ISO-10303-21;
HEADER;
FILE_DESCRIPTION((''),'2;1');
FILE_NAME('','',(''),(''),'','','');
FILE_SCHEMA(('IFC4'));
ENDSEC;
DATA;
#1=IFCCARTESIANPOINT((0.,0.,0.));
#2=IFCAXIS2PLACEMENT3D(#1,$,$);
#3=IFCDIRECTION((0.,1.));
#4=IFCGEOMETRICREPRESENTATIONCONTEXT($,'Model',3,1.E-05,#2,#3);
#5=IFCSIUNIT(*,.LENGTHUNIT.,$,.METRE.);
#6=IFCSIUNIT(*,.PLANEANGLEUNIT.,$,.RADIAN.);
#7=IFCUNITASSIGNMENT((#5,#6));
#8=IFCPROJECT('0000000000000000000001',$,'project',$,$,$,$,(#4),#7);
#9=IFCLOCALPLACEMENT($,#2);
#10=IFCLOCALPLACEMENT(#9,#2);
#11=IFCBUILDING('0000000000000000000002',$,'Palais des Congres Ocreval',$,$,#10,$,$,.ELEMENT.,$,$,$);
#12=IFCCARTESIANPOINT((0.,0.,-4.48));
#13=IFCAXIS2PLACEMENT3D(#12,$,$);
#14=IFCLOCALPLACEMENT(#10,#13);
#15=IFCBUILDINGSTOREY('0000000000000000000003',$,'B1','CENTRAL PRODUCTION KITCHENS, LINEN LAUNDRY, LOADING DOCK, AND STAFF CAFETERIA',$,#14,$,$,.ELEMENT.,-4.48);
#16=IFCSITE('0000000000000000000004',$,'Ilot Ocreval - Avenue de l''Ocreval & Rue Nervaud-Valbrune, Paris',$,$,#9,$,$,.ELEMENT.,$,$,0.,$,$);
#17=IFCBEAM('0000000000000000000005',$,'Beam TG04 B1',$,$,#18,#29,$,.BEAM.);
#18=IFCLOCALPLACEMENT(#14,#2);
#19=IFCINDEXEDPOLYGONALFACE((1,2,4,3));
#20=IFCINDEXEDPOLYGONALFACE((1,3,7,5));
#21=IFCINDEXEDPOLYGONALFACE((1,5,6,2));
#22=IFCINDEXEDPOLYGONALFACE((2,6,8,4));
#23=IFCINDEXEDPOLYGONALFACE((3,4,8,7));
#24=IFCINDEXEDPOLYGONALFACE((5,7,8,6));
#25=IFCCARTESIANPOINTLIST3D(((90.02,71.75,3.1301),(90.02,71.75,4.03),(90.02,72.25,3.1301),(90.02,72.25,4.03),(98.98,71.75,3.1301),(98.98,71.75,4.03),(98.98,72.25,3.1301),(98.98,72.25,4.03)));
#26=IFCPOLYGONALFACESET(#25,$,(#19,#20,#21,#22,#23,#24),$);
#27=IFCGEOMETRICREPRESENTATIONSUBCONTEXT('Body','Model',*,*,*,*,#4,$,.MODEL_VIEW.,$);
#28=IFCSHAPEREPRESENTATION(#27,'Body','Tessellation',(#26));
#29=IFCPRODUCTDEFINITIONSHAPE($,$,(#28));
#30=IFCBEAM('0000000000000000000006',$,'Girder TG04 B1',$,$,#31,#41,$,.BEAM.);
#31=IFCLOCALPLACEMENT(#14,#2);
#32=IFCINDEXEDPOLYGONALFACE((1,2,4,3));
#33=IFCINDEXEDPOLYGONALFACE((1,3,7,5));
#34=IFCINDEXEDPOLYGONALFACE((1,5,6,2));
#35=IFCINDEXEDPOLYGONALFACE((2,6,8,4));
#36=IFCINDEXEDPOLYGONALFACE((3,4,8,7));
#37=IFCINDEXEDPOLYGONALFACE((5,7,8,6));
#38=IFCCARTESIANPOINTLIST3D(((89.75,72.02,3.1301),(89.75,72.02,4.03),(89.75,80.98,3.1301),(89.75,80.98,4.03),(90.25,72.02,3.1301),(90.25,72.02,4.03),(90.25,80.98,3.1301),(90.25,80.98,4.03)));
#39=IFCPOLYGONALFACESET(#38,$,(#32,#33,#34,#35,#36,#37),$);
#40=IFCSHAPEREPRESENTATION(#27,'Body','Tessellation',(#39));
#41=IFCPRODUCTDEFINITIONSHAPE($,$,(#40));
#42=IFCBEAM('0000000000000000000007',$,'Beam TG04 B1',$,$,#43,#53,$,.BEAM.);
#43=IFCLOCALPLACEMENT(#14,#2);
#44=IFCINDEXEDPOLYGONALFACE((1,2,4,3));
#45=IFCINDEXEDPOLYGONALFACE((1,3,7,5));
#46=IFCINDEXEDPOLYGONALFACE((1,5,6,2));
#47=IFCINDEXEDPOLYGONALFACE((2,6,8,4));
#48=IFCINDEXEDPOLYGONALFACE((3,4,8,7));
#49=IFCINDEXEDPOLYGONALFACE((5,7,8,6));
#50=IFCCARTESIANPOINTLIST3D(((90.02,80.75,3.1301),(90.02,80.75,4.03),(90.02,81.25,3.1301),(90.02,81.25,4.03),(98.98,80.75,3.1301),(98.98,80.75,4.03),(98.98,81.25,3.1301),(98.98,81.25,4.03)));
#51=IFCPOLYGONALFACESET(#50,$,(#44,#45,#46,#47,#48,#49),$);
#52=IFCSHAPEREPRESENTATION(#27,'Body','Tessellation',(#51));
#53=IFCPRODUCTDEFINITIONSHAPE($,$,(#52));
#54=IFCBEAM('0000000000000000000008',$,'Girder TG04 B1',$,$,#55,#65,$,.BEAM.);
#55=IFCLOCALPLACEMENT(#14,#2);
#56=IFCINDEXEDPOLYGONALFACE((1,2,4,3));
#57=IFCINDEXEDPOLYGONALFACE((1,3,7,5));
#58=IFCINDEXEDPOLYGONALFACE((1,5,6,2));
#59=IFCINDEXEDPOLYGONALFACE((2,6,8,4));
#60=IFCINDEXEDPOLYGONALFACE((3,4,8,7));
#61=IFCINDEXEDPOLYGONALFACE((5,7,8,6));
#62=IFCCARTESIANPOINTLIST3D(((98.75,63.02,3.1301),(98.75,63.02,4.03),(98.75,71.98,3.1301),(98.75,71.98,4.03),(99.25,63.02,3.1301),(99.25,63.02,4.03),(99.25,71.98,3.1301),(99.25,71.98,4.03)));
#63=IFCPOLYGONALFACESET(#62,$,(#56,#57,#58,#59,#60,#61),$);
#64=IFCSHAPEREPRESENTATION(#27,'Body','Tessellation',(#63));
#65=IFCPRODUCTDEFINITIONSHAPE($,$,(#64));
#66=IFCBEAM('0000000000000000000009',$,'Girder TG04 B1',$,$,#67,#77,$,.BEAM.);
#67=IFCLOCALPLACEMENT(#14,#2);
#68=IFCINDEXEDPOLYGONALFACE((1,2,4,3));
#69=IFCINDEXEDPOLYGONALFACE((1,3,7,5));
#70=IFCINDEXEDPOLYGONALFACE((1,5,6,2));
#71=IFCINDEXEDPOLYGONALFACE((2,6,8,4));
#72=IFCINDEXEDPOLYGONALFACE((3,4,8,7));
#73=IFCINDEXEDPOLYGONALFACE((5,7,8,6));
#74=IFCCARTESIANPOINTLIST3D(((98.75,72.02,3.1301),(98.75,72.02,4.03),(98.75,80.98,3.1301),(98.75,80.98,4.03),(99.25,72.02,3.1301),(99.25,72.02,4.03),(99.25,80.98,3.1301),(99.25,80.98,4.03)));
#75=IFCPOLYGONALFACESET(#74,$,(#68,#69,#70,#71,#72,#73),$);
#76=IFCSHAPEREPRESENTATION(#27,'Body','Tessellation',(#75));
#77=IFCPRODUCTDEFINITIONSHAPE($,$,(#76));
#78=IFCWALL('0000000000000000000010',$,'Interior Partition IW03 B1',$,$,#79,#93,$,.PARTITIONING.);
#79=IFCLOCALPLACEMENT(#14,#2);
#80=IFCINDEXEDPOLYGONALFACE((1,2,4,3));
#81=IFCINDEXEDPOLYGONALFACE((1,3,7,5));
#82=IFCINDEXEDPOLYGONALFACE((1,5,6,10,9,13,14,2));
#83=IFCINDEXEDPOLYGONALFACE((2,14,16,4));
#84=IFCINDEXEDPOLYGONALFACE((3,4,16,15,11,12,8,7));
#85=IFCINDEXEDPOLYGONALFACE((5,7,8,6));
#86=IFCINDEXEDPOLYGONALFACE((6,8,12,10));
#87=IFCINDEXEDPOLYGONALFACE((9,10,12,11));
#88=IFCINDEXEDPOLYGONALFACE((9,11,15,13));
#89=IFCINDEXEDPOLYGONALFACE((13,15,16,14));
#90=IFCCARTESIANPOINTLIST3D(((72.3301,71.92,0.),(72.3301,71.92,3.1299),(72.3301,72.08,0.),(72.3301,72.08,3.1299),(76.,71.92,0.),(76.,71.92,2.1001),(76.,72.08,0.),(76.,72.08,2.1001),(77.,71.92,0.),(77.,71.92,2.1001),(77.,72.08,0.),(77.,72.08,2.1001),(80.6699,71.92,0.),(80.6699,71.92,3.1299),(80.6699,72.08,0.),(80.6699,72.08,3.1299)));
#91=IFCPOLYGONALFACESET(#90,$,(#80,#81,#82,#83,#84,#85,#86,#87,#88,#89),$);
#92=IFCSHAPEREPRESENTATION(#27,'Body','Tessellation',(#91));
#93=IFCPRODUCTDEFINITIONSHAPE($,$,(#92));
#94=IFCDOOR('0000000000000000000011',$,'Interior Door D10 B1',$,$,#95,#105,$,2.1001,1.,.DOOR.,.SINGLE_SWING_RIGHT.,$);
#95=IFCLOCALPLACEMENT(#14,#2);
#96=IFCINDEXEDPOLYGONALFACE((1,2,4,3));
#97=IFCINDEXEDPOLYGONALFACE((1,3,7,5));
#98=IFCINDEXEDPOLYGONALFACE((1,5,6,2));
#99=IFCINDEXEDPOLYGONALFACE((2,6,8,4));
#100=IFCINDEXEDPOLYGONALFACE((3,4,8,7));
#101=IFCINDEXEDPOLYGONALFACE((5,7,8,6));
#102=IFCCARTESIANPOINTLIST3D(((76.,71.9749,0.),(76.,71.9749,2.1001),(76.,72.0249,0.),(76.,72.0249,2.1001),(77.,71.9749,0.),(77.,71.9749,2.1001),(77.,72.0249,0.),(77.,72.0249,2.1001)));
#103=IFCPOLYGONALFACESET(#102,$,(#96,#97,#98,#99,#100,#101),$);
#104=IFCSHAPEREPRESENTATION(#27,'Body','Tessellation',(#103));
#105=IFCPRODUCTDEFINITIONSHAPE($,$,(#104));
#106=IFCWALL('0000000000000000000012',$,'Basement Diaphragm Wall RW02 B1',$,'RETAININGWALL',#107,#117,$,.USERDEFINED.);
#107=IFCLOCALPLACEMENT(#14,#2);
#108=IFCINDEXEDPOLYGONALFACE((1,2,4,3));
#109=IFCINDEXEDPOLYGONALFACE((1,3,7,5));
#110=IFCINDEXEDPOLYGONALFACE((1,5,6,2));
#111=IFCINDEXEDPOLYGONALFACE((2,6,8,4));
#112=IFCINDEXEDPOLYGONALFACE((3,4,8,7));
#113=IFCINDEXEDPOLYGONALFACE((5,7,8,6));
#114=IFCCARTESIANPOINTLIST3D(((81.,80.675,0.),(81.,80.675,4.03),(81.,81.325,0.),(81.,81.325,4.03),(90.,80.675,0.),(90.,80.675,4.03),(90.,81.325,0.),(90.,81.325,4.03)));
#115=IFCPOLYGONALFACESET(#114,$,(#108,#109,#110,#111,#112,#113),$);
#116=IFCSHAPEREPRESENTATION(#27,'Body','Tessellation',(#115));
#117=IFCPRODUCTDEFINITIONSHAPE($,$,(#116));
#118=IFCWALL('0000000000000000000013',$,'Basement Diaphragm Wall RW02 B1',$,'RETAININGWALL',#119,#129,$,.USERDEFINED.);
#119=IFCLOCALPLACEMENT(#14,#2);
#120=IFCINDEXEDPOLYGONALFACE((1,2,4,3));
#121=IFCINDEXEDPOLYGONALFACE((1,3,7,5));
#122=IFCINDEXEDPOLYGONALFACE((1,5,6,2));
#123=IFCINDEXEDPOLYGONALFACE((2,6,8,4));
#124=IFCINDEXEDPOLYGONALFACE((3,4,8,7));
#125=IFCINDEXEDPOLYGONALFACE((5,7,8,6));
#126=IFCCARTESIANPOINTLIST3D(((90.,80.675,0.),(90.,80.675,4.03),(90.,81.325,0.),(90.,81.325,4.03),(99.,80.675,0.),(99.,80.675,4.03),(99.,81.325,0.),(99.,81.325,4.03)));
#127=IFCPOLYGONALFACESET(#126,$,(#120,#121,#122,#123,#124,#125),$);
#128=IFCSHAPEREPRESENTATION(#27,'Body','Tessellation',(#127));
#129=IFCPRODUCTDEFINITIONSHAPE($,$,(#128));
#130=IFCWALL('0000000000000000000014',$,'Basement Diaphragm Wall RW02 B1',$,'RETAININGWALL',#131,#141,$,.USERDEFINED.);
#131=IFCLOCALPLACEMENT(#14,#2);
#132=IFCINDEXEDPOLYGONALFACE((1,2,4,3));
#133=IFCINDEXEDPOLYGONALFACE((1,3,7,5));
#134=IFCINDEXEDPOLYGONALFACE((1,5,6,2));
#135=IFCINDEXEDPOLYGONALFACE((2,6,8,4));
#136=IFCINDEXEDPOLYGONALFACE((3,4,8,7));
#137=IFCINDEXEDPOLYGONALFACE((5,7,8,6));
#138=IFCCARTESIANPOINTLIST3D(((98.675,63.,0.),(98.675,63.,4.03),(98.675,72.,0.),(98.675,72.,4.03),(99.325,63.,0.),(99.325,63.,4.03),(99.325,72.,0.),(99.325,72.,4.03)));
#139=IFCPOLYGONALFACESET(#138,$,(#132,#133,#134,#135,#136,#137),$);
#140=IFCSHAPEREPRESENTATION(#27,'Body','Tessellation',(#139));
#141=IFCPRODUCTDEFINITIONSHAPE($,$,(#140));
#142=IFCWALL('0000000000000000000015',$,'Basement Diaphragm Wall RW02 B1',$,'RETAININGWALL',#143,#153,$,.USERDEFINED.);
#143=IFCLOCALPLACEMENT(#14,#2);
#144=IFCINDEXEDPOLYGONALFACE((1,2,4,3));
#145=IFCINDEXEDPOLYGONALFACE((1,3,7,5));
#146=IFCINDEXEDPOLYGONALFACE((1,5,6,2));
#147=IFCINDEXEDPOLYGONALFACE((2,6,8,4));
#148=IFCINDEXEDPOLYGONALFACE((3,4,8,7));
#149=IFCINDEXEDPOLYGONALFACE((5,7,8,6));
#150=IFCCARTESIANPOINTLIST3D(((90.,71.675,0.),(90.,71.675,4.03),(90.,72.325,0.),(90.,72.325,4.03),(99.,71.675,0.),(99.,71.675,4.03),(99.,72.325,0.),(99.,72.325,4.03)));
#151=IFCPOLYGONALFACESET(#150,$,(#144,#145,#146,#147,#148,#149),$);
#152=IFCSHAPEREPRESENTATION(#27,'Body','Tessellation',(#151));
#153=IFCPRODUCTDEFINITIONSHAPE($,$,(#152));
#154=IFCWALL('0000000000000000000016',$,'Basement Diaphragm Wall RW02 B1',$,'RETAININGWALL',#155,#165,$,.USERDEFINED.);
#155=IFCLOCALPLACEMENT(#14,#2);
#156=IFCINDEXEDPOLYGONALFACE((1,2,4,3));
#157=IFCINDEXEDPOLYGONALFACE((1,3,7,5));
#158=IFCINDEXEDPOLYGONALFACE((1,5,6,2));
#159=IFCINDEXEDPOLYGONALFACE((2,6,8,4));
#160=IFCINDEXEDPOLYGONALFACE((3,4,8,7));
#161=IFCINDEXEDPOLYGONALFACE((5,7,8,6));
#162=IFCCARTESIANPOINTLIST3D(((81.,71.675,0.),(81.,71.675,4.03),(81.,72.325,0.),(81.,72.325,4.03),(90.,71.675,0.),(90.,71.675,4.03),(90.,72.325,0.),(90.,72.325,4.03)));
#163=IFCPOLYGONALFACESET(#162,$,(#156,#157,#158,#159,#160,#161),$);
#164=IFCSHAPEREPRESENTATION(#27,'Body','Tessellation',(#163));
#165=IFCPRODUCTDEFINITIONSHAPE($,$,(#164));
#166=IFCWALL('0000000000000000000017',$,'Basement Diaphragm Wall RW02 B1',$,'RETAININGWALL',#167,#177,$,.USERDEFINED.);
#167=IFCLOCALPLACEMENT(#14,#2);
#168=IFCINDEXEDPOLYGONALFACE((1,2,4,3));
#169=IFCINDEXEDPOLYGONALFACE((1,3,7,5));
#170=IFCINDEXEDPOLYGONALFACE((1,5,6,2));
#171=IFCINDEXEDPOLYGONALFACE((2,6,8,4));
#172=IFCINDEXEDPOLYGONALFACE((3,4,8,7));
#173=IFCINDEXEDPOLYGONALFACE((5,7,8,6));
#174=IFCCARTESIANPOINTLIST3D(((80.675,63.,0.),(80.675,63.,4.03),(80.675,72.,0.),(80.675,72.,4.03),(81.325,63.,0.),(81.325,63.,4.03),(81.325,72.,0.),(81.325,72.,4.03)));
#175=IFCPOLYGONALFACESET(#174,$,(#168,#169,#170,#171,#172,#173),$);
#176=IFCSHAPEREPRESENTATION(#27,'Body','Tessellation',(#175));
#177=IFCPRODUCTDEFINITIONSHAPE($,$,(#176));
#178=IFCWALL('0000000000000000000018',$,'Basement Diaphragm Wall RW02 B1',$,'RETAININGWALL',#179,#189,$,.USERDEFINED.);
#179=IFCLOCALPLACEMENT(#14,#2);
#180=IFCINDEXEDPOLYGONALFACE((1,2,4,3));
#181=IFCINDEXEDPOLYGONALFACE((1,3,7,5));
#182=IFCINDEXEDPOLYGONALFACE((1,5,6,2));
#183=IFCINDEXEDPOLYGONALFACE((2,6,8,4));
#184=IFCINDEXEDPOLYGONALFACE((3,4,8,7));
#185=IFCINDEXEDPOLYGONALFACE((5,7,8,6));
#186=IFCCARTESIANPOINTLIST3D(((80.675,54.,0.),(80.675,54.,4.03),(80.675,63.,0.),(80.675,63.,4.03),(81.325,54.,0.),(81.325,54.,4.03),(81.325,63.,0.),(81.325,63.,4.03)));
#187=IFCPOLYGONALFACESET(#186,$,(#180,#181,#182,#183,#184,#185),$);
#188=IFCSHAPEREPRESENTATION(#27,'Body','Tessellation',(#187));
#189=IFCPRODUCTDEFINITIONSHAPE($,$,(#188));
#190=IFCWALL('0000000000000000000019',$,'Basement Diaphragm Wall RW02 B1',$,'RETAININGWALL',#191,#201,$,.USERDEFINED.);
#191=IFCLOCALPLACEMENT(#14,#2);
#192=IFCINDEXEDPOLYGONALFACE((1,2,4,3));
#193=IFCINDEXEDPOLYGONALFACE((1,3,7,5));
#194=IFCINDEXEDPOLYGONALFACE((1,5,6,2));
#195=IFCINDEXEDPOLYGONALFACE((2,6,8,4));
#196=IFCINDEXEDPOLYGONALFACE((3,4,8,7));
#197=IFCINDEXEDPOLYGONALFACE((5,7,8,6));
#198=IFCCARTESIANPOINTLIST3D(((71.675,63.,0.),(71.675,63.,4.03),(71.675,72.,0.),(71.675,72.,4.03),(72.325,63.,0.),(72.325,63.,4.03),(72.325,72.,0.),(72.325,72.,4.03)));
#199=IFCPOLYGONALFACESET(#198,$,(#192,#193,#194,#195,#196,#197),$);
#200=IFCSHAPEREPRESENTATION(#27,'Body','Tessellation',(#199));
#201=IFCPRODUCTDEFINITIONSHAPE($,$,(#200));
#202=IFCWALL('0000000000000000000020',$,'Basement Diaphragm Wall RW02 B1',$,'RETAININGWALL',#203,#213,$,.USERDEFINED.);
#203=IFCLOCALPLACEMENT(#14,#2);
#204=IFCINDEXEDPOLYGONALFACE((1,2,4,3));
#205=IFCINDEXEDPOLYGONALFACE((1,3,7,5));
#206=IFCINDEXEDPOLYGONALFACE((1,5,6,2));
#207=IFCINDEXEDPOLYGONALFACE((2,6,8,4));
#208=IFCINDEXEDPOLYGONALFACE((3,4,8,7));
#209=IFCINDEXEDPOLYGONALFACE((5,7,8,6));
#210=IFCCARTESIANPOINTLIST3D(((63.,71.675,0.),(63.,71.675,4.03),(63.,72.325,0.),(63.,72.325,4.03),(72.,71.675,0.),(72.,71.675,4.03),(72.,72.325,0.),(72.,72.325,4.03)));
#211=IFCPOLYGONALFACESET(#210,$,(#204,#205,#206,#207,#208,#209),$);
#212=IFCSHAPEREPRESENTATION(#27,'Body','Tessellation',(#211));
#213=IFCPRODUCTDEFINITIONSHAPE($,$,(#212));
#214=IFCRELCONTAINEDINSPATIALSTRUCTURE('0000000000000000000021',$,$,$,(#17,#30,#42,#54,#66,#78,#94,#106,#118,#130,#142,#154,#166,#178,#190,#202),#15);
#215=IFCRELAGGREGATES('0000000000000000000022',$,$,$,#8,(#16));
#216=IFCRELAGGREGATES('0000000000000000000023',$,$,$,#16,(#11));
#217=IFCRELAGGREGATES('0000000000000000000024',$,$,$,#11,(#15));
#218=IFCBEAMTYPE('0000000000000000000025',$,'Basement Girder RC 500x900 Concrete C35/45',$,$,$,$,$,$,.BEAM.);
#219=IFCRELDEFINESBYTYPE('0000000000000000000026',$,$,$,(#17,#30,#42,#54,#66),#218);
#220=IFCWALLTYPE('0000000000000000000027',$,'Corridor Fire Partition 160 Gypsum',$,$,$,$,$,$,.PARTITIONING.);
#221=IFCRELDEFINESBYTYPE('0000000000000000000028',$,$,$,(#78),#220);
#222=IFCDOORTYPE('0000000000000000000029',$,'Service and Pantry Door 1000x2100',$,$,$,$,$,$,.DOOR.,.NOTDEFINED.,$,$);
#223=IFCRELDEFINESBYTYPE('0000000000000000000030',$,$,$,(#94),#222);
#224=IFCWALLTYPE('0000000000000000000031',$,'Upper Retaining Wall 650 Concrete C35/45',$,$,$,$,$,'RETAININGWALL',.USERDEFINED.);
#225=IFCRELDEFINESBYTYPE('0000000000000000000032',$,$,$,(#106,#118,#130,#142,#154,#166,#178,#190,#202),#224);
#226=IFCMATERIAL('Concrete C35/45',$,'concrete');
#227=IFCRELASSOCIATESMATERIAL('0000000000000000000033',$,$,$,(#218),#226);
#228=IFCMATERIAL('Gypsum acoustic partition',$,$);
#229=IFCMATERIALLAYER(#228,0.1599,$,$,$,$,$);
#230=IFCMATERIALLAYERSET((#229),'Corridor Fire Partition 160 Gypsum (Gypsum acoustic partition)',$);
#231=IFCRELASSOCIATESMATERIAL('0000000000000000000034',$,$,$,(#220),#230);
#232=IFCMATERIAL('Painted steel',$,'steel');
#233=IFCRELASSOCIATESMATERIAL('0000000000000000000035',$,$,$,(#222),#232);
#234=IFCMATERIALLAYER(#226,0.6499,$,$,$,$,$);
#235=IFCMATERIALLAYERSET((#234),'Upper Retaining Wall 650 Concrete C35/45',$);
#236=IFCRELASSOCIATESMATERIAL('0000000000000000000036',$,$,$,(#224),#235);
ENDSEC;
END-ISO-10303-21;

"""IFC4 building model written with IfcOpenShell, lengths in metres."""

from ifc_helpers import new_model, si_unit, direction, frame, frame_2d, origin, origin_2d, place, context, subcontext, project, spatial, rectangle, extrude, material, layer, layer_set, material_profile, profile_set, type_object, element, fill, save


model = new_model("IFC4")

# Units and contexts
model_context = context("Model", 3, precision=1e-05, world=origin(), true_north=direction((0.0, 1.0)))
body_context = subcontext(model_context, "Body", "Model", "MODEL_VIEW")
ifc_project = project(units=[si_unit("LENGTHUNIT", "METRE"), si_unit("PLANEANGLEUNIT", "RADIAN")], contexts=[model_context])

# Site, building, storey
site_placement = place(None, origin())
site = spatial("IfcSite", under=ifc_project, at=site_placement, Name="Ilot Ocreval - Avenue de l'Ocreval & Rue Nervaud-Valbrune, Paris", CompositionType="ELEMENT", RefElevation=0.0)
building_placement = place(site_placement, origin())
building = spatial("IfcBuilding", under=site, at=building_placement, Name="Palais des Congres Ocreval", CompositionType="ELEMENT")
storey_placement = place(building_placement, frame((0.0, 0.0, -4.48)))
storey = spatial("IfcBuildingStorey", under=building, at=storey_placement, Name="B1", Description="CENTRAL PRODUCTION KITCHENS, LINEN LAUNDRY, LOADING DOCK, AND STAFF CAFETERIA", CompositionType="ELEMENT", Elevation=-4.48)

# Beams
ifc_material_1 = material(Name="Concrete C35/45", Category="concrete")
ifc_material_profile_1 = material_profile(ifc_material_1, rectangle(XDim=0.5, YDim=0.8999, at=origin_2d()), Name="RC 500x900")
ifc_profile_set_1 = profile_set([ifc_material_profile_1], Name="Concrete C35/45")
beam_type = type_object("IfcBeamType", Name="Basement Girder RC 500x900 Concrete C35/45", PredefinedType="BEAM", material=ifc_profile_set_1)
for number, where, z_axis, x_axis, name in (
    (1, (90.02, 72.0, 3.5801), (1.0, 0.0, 0.0), (0.0, 1.0, 0.0), "Beam TG04 B1"),
    (2, (90.0, 72.02, 3.5801), (0.0, 1.0, 0.0), (-1.0, 0.0, 0.0), "Girder TG04 B1"),
    (3, (90.02, 81.0, 3.5801), (1.0, 0.0, 0.0), (0.0, 1.0, 0.0), "Beam TG04 B1"),
    (4, (99.0, 63.02, 3.5801), (0.0, 1.0, 0.0), (-1.0, 0.0, 0.0), "Girder TG04 B1"),
    (5, (99.0, 72.02, 3.5801), (0.0, 1.0, 0.0), (-1.0, 0.0, 0.0), "Girder TG04 B1"),
):
    element("IfcBeam", number, at=place(storey_placement, frame(where, z_axis=z_axis, x_axis=x_axis)), inside=storey, type_object=beam_type, Name=name, PredefinedType="BEAM", context=body_context, shape_type="SweptSolid", body=[
        extrude(rectangle(XDim=0.5, YDim=0.8999, at=origin_2d()), origin(), (0.0, 0.0, 1.0), 8.96),
    ])

# Wall, opening, door
ifc_material_2 = material(Name="Gypsum acoustic partition")
ifc_layer_1 = layer(ifc_material_2, 0.1599)
ifc_layer_set_1 = layer_set([ifc_layer_1], Name="Corridor Fire Partition 160 Gypsum (Gypsum acoustic partition)")
wall_type_1 = type_object("IfcWallType", Name="Corridor Fire Partition 160 Gypsum", PredefinedType="PARTITIONING", material=ifc_layer_set_1)
wall_placement = place(storey_placement, frame((72.3301, 72.0, 0.0), z_axis=(0.0, 0.0, 1.0), x_axis=(1.0, 0.0, 0.0)))
wall = element("IfcWall", 6, at=wall_placement, inside=storey, type_object=wall_type_1, Name="Interior Partition IW03 B1", PredefinedType="PARTITIONING", context=body_context, shape_type="SweptSolid", body=[
    extrude(rectangle(XDim=8.3398, YDim=0.1599, at=frame_2d((4.1699, 0.0))), origin(), (0.0, 0.0, 1.0), 3.1299),
])
opening_placement = place(wall_placement, frame((3.6699, 0.0, 0.0)))
opening = element("IfcOpeningElement", 7, at=opening_placement, cuts=wall, PredefinedType="OPENING", context=body_context, shape_type="SweptSolid", body=[
    extrude(rectangle(XDim=1.0, YDim=2.1001, at=frame_2d((0.5, 1.05))), frame((0.0, 0.0898, 0.0), z_axis=(0.0, -1.0, 0.0), x_axis=(1.0, 0.0, 0.0)), (0.0, 0.0, 1.0), 0.1799),
])
ifc_material_3 = material(Name="Painted steel", Category="steel")
door_type = type_object("IfcDoorType", Name="Service and Pantry Door 1000x2100", OperationType="NOTDEFINED", PredefinedType="DOOR", material=ifc_material_3)
door_placement = place(opening_placement, origin())
door = element("IfcDoor", 8, at=door_placement, inside=storey, type_object=door_type, Name="Interior Door D10 B1", OperationType="SINGLE_SWING_RIGHT", OverallHeight=2.1001, OverallWidth=1.0, PredefinedType="DOOR", context=body_context, shape_type="SweptSolid", body=[
    extrude(rectangle(XDim=1.0, YDim=2.1001, at=frame_2d((0.5, 1.05))), frame((0.0, 0.0249, 0.0), z_axis=(0.0, -1.0, 0.0), x_axis=(1.0, 0.0, 0.0)), (0.0, 0.0, 1.0), 0.05),
])
fill(opening, door)

# Walls
ifc_layer_2 = layer(ifc_material_1, 0.6499)
ifc_layer_set_2 = layer_set([ifc_layer_2], Name="Upper Retaining Wall 650 Concrete C35/45")
wall_type_2 = type_object("IfcWallType", Name="Upper Retaining Wall 650 Concrete C35/45", ElementType="RETAININGWALL", PredefinedType="USERDEFINED", material=ifc_layer_set_2)
for number, where, z_axis, x_axis, name in (
    (9, (81.0, 81.0, 0.0), (0.0, 0.0, 1.0), (1.0, 0.0, 0.0), "Basement Diaphragm Wall RW02 B1"),
    (10, (90.0, 81.0, 0.0), (0.0, 0.0, 1.0), (1.0, 0.0, 0.0), "Basement Diaphragm Wall RW02 B1"),
    (11, (99.0, 63.0, 0.0), (0.0, 0.0, 1.0), (0.0, 1.0, 0.0), "Basement Diaphragm Wall RW02 B1"),
    (12, (99.0, 72.0, 0.0), (0.0, 0.0, 1.0), (-1.0, 0.0, 0.0), "Basement Diaphragm Wall RW02 B1"),
    (13, (90.0, 72.0, 0.0), (0.0, 0.0, 1.0), (-1.0, 0.0, 0.0), "Basement Diaphragm Wall RW02 B1"),
    (14, (81.0, 72.0, 0.0), (0.0, 0.0, 1.0), (0.0, -1.0, 0.0), "Basement Diaphragm Wall RW02 B1"),
    (15, (81.0, 63.0, 0.0), (0.0, 0.0, 1.0), (0.0, -1.0, 0.0), "Basement Diaphragm Wall RW02 B1"),
    (16, (72.0, 63.0, 0.0), (0.0, 0.0, 1.0), (0.0, 1.0, 0.0), "Basement Diaphragm Wall RW02 B1"),
    (17, (72.0, 72.0, 0.0), (0.0, 0.0, 1.0), (-1.0, 0.0, 0.0), "Basement Diaphragm Wall RW02 B1"),
):
    element("IfcWall", number, at=place(storey_placement, frame(where, z_axis=z_axis, x_axis=x_axis)), inside=storey, type_object=wall_type_2, Name=name, ObjectType="RETAININGWALL", PredefinedType="USERDEFINED", context=body_context, shape_type="SweptSolid", body=[
        extrude(rectangle(XDim=9.0, YDim=0.6499, at=frame_2d((4.5, 0.0))), origin(), (0.0, 0.0, 1.0), 4.03),
    ])

save(model, "model.ifc")
